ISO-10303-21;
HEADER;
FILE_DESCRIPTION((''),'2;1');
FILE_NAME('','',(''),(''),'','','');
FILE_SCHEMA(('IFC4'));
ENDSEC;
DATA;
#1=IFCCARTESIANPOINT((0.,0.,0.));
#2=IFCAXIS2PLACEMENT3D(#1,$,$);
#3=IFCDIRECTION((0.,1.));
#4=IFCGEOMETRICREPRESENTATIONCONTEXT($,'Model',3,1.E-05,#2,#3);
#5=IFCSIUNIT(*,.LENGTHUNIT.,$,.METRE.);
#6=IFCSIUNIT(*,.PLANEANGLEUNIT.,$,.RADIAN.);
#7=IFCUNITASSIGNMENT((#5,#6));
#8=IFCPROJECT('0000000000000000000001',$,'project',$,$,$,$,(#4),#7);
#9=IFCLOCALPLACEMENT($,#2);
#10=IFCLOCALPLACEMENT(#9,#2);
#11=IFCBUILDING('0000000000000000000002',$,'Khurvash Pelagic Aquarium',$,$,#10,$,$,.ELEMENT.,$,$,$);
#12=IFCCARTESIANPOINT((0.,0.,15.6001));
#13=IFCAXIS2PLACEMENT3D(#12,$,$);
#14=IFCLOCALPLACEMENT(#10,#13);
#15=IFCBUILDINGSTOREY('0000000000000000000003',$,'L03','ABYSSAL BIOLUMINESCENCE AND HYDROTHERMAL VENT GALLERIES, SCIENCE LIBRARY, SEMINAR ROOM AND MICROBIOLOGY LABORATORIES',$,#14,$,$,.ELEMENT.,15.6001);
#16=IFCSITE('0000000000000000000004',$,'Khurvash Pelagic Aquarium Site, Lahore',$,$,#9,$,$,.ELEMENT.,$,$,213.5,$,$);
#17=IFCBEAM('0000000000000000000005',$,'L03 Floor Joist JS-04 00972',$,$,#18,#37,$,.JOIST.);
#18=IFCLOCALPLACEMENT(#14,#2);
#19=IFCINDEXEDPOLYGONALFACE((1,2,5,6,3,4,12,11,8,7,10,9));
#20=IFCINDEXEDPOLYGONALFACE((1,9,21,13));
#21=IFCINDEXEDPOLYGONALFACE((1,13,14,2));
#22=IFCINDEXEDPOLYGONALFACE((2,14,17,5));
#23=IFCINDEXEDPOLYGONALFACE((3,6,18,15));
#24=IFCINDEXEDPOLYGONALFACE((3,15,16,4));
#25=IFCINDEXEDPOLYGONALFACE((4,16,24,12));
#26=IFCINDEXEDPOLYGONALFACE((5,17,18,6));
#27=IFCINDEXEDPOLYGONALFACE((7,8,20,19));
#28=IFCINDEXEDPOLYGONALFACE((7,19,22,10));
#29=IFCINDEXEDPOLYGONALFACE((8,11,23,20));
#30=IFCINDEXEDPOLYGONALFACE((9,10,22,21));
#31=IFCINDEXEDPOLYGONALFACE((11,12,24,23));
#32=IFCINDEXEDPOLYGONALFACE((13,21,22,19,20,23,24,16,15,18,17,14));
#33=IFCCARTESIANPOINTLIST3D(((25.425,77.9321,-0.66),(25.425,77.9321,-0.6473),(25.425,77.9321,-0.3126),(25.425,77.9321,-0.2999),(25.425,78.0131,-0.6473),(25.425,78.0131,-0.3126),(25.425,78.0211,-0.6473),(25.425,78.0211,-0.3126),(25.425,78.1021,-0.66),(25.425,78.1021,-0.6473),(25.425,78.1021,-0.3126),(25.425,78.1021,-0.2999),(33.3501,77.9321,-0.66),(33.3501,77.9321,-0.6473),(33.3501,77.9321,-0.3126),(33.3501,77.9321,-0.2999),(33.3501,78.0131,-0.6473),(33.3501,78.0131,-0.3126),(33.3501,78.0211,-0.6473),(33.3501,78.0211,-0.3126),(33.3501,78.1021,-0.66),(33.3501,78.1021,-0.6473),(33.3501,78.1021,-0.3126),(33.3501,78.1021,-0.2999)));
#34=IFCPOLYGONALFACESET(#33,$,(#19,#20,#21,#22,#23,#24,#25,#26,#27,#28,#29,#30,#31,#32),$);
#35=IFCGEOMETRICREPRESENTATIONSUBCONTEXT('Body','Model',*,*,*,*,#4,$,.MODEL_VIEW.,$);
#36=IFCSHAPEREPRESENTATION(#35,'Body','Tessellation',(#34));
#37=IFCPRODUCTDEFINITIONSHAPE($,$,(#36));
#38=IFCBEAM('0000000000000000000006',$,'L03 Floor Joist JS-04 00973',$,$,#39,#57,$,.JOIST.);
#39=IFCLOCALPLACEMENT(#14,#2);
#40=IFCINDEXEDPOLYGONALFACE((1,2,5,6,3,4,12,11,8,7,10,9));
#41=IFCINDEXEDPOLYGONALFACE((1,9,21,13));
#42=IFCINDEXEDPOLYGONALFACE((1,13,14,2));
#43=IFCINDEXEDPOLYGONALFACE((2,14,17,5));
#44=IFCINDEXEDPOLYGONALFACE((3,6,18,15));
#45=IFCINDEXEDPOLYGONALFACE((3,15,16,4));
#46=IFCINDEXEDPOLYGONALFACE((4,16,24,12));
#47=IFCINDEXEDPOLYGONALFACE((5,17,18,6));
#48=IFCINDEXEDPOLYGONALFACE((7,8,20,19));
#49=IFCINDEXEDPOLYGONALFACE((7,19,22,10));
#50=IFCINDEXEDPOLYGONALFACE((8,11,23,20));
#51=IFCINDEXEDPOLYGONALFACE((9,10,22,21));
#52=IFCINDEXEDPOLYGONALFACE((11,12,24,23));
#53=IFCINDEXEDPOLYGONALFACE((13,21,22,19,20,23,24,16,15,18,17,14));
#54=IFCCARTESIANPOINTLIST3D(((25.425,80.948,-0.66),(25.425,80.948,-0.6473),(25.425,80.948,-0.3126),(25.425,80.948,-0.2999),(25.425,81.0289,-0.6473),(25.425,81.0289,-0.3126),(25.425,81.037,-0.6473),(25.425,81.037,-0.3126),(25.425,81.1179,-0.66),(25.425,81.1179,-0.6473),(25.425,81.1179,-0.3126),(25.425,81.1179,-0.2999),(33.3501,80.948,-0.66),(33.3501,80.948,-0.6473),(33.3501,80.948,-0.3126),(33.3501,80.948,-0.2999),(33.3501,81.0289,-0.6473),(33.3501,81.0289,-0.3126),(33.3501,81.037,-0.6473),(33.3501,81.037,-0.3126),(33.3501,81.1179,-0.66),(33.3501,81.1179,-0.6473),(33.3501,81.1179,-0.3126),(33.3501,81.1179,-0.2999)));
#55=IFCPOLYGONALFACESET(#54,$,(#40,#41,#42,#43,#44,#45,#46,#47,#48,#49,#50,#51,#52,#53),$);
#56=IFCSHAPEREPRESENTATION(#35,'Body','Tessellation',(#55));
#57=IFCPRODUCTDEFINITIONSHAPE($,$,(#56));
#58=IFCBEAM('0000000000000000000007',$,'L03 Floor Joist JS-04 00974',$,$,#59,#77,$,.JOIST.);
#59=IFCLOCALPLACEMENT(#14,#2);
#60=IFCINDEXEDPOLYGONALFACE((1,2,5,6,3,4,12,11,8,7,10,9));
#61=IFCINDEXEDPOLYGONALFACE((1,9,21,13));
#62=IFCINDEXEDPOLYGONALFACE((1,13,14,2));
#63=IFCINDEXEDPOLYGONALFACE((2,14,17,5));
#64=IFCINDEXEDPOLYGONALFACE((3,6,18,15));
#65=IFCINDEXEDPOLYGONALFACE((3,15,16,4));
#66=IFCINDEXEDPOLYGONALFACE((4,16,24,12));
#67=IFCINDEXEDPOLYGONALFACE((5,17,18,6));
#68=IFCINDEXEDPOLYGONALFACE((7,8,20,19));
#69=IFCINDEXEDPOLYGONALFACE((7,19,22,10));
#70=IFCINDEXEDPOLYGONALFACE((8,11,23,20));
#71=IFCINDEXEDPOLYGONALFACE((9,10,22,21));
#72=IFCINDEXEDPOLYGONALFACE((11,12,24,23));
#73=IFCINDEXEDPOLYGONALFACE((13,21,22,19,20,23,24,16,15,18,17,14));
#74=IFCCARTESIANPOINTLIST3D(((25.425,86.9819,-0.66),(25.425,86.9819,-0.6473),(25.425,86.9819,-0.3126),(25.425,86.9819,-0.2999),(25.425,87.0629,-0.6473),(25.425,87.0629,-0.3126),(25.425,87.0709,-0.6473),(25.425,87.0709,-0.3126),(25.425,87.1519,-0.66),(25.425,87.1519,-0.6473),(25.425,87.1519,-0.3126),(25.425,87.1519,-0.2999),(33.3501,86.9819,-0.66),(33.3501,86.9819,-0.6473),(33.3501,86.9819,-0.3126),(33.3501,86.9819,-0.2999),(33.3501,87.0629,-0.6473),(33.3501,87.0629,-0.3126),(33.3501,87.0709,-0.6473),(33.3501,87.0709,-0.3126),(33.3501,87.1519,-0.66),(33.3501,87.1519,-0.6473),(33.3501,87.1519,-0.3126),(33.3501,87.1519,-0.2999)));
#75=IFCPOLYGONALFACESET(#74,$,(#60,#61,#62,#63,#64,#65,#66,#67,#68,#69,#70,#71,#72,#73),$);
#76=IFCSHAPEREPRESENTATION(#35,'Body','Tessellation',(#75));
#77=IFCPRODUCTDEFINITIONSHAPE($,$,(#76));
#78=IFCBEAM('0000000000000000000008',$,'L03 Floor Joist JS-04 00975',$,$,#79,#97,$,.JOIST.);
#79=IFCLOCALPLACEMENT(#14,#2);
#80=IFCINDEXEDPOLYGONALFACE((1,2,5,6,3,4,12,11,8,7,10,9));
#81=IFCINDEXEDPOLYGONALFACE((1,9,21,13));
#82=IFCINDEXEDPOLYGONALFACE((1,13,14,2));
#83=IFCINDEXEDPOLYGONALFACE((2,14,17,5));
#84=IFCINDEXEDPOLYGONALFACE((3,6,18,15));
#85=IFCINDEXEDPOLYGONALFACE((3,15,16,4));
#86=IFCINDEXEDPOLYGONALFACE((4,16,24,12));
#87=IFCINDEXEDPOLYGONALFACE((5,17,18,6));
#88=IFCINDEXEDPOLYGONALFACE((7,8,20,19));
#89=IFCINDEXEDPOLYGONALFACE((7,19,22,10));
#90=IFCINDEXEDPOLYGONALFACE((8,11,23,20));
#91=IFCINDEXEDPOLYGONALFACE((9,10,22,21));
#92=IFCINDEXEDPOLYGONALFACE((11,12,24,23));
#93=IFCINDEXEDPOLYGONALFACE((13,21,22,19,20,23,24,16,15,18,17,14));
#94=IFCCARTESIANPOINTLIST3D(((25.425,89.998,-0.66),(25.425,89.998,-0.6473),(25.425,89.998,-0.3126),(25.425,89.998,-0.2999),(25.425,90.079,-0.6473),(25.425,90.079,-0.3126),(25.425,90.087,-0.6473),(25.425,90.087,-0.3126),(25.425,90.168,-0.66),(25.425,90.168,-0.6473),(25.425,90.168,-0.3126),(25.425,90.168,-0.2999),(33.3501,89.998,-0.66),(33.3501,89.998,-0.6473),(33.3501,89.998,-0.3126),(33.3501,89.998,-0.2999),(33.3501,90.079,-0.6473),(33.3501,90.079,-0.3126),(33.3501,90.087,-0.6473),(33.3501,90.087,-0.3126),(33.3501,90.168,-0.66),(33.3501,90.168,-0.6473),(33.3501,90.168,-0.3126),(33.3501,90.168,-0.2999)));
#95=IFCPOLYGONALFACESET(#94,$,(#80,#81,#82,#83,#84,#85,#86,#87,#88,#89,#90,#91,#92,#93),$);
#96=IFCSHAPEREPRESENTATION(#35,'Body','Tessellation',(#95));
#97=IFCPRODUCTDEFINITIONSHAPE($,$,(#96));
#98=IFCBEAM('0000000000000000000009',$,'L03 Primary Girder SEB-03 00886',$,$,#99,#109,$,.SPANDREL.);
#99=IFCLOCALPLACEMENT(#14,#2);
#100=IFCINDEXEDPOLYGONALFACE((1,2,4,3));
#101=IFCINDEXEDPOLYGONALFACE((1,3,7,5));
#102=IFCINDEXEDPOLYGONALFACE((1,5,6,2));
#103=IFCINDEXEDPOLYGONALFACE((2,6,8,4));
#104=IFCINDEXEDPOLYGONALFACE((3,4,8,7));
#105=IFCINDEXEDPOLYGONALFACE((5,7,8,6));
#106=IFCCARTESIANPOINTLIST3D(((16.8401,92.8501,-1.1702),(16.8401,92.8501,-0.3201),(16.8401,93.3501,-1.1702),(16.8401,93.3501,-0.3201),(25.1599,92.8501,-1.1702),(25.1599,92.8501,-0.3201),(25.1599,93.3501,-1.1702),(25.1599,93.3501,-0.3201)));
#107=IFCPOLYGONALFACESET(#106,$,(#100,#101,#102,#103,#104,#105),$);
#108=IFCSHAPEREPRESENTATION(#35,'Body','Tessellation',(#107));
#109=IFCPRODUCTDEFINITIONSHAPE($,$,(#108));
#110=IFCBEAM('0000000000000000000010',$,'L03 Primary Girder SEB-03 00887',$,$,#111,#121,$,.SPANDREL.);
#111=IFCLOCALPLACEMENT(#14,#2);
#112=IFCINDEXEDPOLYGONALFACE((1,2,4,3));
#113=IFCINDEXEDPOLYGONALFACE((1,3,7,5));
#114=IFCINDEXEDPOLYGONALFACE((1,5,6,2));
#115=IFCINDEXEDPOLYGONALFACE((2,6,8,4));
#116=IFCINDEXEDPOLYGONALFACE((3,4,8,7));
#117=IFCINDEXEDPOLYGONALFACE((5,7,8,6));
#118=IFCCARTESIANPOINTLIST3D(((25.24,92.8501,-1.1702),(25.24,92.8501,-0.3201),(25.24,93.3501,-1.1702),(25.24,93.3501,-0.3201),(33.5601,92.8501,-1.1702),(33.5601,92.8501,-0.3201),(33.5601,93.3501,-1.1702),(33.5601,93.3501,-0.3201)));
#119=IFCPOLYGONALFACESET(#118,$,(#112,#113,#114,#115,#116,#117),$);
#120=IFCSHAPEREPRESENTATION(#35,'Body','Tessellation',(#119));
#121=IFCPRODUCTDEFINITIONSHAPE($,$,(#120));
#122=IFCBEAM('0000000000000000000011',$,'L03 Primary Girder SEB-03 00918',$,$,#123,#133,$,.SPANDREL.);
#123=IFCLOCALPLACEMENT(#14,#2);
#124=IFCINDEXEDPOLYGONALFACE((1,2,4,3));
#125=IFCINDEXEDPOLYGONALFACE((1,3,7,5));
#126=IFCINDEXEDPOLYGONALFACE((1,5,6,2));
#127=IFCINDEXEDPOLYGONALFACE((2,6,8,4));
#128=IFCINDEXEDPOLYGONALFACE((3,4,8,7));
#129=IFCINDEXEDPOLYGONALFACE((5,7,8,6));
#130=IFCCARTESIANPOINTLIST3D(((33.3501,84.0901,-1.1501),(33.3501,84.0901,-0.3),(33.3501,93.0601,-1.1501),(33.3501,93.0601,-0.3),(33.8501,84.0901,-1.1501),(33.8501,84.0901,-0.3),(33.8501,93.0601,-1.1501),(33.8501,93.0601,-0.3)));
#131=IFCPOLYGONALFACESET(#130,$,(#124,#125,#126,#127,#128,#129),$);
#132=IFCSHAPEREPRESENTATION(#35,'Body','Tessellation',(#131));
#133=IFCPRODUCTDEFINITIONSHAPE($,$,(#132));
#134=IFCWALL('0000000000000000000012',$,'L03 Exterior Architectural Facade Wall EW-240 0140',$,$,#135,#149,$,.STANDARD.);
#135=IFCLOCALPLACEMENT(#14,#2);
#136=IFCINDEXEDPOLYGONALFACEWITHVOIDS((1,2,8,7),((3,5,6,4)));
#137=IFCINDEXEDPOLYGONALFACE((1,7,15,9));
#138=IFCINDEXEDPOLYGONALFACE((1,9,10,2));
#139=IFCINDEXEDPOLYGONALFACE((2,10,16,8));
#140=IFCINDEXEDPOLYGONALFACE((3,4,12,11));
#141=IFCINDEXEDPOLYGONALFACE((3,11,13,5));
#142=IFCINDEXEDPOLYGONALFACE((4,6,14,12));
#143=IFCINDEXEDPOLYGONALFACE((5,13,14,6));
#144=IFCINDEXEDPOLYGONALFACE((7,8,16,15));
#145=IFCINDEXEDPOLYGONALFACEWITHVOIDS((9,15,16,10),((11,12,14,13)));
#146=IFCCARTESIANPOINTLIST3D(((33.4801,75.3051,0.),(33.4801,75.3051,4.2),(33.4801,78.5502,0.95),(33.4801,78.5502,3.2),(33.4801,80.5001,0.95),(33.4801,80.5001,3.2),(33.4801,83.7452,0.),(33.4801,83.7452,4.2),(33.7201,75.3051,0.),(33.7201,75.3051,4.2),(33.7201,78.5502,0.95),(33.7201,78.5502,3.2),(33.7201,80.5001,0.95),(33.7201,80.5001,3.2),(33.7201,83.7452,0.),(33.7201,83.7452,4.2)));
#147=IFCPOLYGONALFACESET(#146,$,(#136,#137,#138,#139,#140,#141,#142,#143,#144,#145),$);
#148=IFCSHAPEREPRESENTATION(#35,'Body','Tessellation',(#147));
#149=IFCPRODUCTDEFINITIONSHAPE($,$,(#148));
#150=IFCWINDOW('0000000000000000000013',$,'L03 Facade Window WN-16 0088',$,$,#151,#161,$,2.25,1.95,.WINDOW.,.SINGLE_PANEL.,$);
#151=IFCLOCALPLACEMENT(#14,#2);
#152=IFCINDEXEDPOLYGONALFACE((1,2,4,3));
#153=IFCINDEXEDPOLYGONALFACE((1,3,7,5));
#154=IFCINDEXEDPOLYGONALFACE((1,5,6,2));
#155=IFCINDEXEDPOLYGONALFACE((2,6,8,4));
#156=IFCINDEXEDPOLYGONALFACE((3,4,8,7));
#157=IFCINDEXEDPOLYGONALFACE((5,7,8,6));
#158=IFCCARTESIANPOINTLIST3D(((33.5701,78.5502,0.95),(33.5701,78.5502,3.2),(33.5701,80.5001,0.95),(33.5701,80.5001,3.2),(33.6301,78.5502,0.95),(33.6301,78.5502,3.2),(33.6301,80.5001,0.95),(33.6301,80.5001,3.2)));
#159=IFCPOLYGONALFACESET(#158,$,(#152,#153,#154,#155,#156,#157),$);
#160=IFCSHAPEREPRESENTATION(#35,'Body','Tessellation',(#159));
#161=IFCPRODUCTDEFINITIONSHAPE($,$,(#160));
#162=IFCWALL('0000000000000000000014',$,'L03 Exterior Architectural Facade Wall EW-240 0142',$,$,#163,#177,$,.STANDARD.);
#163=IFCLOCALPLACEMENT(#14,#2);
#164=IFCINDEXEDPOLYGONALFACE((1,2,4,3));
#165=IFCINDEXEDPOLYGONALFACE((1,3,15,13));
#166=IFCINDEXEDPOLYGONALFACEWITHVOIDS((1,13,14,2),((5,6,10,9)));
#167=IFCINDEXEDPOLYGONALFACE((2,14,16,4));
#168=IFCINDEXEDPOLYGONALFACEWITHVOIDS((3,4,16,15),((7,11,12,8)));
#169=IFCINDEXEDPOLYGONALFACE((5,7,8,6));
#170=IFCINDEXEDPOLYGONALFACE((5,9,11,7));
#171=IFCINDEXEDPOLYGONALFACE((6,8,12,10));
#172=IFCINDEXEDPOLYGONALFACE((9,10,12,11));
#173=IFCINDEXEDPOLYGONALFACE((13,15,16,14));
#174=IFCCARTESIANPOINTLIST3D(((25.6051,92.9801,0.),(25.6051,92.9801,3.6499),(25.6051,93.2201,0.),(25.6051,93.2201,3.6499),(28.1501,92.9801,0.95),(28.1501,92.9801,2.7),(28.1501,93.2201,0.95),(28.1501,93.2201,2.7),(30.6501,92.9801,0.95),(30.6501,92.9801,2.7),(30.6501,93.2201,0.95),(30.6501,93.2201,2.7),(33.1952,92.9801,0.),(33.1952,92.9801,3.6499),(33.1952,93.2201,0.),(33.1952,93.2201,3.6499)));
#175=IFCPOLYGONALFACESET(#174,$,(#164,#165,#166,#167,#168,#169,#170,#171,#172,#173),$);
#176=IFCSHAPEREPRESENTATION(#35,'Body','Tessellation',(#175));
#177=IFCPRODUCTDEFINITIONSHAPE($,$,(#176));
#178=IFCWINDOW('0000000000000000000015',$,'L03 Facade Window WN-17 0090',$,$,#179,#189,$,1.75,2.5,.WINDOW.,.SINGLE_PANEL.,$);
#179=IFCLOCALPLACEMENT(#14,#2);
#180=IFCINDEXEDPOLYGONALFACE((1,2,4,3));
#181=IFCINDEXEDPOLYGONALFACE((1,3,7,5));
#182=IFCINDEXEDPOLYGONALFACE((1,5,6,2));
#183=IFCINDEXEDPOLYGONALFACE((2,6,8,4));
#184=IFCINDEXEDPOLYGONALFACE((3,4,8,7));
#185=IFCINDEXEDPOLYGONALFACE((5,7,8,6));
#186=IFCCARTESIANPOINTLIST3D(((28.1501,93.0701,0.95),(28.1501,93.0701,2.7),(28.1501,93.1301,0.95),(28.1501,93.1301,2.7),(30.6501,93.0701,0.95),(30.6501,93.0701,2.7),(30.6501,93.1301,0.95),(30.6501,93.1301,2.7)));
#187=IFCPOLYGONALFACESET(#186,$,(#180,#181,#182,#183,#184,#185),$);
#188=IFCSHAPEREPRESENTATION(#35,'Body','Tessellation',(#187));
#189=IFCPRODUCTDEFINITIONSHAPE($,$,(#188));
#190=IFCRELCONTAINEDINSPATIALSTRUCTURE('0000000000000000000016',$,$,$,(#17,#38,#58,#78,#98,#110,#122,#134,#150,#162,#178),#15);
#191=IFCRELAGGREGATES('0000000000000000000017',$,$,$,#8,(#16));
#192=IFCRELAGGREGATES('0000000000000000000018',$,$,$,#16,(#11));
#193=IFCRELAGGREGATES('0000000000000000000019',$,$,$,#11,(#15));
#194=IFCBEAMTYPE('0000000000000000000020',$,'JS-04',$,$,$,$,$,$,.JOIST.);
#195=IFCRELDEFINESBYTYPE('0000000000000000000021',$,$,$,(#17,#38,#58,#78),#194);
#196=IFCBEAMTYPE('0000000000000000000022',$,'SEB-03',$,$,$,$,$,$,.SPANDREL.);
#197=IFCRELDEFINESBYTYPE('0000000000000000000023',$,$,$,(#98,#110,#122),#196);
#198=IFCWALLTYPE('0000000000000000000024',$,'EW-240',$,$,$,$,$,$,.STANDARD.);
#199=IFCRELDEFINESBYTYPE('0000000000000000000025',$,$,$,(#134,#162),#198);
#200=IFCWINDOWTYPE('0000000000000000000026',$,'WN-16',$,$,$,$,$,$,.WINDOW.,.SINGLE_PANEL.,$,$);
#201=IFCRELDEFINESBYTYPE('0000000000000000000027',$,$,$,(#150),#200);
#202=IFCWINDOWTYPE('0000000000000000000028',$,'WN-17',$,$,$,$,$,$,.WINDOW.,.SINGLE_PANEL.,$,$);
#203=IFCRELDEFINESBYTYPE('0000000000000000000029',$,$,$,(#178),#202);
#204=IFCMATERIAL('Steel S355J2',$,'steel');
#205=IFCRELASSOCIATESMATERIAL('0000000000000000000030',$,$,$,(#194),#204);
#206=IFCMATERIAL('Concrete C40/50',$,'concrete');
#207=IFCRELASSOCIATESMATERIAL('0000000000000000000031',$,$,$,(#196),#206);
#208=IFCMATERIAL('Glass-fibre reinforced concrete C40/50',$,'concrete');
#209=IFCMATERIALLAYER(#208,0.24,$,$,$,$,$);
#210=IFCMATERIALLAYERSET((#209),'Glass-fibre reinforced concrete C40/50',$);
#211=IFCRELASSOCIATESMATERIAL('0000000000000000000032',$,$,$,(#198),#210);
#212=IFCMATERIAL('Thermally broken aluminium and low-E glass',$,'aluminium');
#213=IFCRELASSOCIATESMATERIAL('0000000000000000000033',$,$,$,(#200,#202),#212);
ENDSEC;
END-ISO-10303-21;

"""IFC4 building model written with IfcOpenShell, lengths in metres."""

from ifc_helpers import new_model, si_unit, direction, frame, frame_2d, origin, origin_2d, place, context, subcontext, project, spatial, rectangle, i_section, extrude, material, layer, layer_set, material_profile, profile_set, type_object, element, fill, save


model = new_model("IFC4")

# Units and contexts
model_context = context("Model", 3, precision=1e-05, world=origin(), true_north=direction((0.0, 1.0)))
body_context = subcontext(model_context, "Body", "Model", "MODEL_VIEW")
ifc_project = project(units=[si_unit("LENGTHUNIT", "METRE"), si_unit("PLANEANGLEUNIT", "RADIAN")], contexts=[model_context])

# Site, building, storey
site_placement = place(None, origin())
site = spatial("IfcSite", under=ifc_project, at=site_placement, Name="Khurvash Pelagic Aquarium Site, Lahore", CompositionType="ELEMENT", RefElevation=213.5)
building_placement = place(site_placement, origin())
building = spatial("IfcBuilding", under=site, at=building_placement, Name="Khurvash Pelagic Aquarium", CompositionType="ELEMENT")
storey_placement = place(building_placement, frame((0.0, 0.0, 15.6001)))
storey = spatial("IfcBuildingStorey", under=building, at=storey_placement, Name="L03", Description="ABYSSAL BIOLUMINESCENCE AND HYDROTHERMAL VENT GALLERIES, SCIENCE LIBRARY, SEMINAR ROOM AND MICROBIOLOGY LABORATORIES", CompositionType="ELEMENT", Elevation=15.6001)

# Shared definitions
ifc_material_1 = material(Name="Concrete C40/50", Category="concrete")

# Beams
ifc_material_2 = material(Name="Steel S355J2", Category="steel")
ifc_material_profile_1 = material_profile(ifc_material_2, i_section(OverallWidth=0.1699, OverallDepth=0.3601, WebThickness=0.0081, FlangeThickness=0.0127, at=origin_2d()), Name="IPE360")
ifc_profile_set_1 = profile_set([ifc_material_profile_1], Name="Steel S355J2")
beam_type_1 = type_object("IfcBeamType", Name="JS-04", PredefinedType="JOIST", material=ifc_profile_set_1)
for number, where, z_axis, x_axis, name in (
    (1, (25.425, 78.0171, -0.48), (1.0, 0.0, 0.0), (0.0, 1.0, 0.0), "L03 Floor Joist JS-04 00972"),
    (2, (25.425, 81.033, -0.48), (1.0, 0.0, 0.0), (0.0, 1.0, 0.0), "L03 Floor Joist JS-04 00973"),
    (3, (25.425, 87.0669, -0.48), (1.0, 0.0, 0.0), (0.0, 1.0, 0.0), "L03 Floor Joist JS-04 00974"),
    (4, (25.425, 90.083, -0.48), (1.0, 0.0, 0.0), (0.0, 1.0, 0.0), "L03 Floor Joist JS-04 00975"),
):
    element("IfcBeam", number, at=place(storey_placement, frame(where, z_axis=z_axis, x_axis=x_axis)), inside=storey, type_object=beam_type_1, Name=name, PredefinedType="JOIST", context=body_context, shape_type="SweptSolid", body=[
        extrude(i_section(OverallWidth=0.1699, OverallDepth=0.3601, WebThickness=0.0081, FlangeThickness=0.0127, at=origin_2d()), origin(), (0.0, 0.0, 1.0), 7.925),
    ])
ifc_material_profile_2 = material_profile(ifc_material_1, rectangle(XDim=0.5, YDim=0.8501, at=origin_2d()), Name="RC500X850")
ifc_profile_set_2 = profile_set([ifc_material_profile_2], Name="Concrete C40/50")
beam_type_2 = type_object("IfcBeamType", Name="SEB-03", PredefinedType="SPANDREL", material=ifc_profile_set_2)
beam_1_placement = place(storey_placement, frame((16.8401, 93.1001, -0.7451), z_axis=(1.0, 0.0, 0.0), x_axis=(0.0, 1.0, 0.0)))
element("IfcBeam", 5, at=beam_1_placement, inside=storey, type_object=beam_type_2, Name="L03 Primary Girder SEB-03 00886", PredefinedType="SPANDREL", context=body_context, shape_type="SweptSolid", body=[
    extrude(rectangle(XDim=0.5, YDim=0.8501, at=origin_2d()), origin(), (0.0, 0.0, 1.0), 8.3198),
])
beam_2_placement = place(storey_placement, frame((25.24, 93.1001, -0.7451), z_axis=(1.0, 0.0, 0.0), x_axis=(0.0, 1.0, 0.0)))
element("IfcBeam", 6, at=beam_2_placement, inside=storey, type_object=beam_type_2, Name="L03 Primary Girder SEB-03 00887", PredefinedType="SPANDREL", context=body_context, shape_type="SweptSolid", body=[
    extrude(rectangle(XDim=0.5, YDim=0.8501, at=origin_2d()), origin(), (0.0, 0.0, 1.0), 8.3201),
])
beam_3_placement = place(storey_placement, frame((33.6001, 84.0901, -0.7251), z_axis=(0.0, 1.0, 0.0), x_axis=(-1.0, 0.0, 0.0)))
element("IfcBeam", 7, at=beam_3_placement, inside=storey, type_object=beam_type_2, Name="L03 Primary Girder SEB-03 00918", PredefinedType="SPANDREL", context=body_context, shape_type="SweptSolid", body=[
    extrude(rectangle(XDim=0.5, YDim=0.8501, at=origin_2d()), origin(), (0.0, 0.0, 1.0), 8.97),
])

# Walls, openings, windows
ifc_material_3 = material(Name="Glass-fibre reinforced concrete C40/50", Category="concrete")
ifc_layer_1 = layer(ifc_material_3, 0.24)
ifc_layer_set_1 = layer_set([ifc_layer_1], Name="Glass-fibre reinforced concrete C40/50")
wall_type_1 = type_object("IfcWallType", Name="EW-240", PredefinedType="STANDARD", material=ifc_layer_set_1)
wall_1_placement = place(storey_placement, frame((33.6001, 75.3049, 0.0), z_axis=(0.0, 0.0, 1.0), x_axis=(0.0, 1.0, 0.0)))
wall_1 = element("IfcWall", 8, at=wall_1_placement, inside=storey, type_object=wall_type_1, Name="L03 Exterior Architectural Facade Wall EW-240 0140", PredefinedType="STANDARD", context=body_context, shape_type="SweptSolid", body=[
    extrude(rectangle(XDim=8.4402, YDim=0.24, at=frame_2d((4.2202, 0.0))), origin(), (0.0, 0.0, 1.0), 4.2),
])
opening_1_placement = place(wall_1_placement, frame((3.2451, 0.0, 0.95)))
opening_1 = element("IfcOpeningElement", 9, at=opening_1_placement, cuts=wall_1, PredefinedType="OPENING", context=body_context, shape_type="SweptSolid", body=[
    extrude(rectangle(XDim=1.95, YDim=2.25, at=frame_2d((0.9751, 1.125))), frame((0.0, 0.1299, 0.0), z_axis=(0.0, -1.0, 0.0), x_axis=(1.0, 0.0, 0.0)), (0.0, 0.0, 1.0), 0.26),
])
ifc_material_4 = material(Name="Thermally broken aluminium and low-E glass", Category="aluminium")
window_type_1 = type_object("IfcWindowType", Name="WN-16", PartitioningType="SINGLE_PANEL", PredefinedType="WINDOW", material=ifc_material_4)
window_1_placement = place(opening_1_placement, origin())
window_1 = element("IfcWindow", 10, at=window_1_placement, inside=storey, type_object=window_type_1, Name="L03 Facade Window WN-16 0088", OverallHeight=2.25, OverallWidth=1.95, PartitioningType="SINGLE_PANEL", PredefinedType="WINDOW", context=body_context, shape_type="SweptSolid", body=[
    extrude(rectangle(XDim=1.95, YDim=2.25, at=frame_2d((0.9751, 1.125))), frame((0.0, 0.03, 0.0), z_axis=(0.0, -1.0, 0.0), x_axis=(1.0, 0.0, 0.0)), (0.0, 0.0, 1.0), 0.0601),
])
fill(opening_1, window_1)
wall_2_placement = place(storey_placement, frame((33.1951, 93.1001, 0.0), z_axis=(0.0, 0.0, 1.0), x_axis=(-1.0, 0.0, 0.0)))
wall_2 = element("IfcWall", 11, at=wall_2_placement, inside=storey, type_object=wall_type_1, Name="L03 Exterior Architectural Facade Wall EW-240 0142", PredefinedType="STANDARD", context=body_context, shape_type="SweptSolid", body=[
    extrude(rectangle(XDim=7.5901, YDim=0.24, at=frame_2d((3.7949, 0.0))), origin(), (0.0, 0.0, 1.0), 3.6499),
])
opening_2_placement = place(wall_2_placement, frame((2.5449, 0.0, 0.95)))
opening_2 = element("IfcOpeningElement", 12, at=opening_2_placement, cuts=wall_2, PredefinedType="OPENING", context=body_context, shape_type="SweptSolid", body=[
    extrude(rectangle(XDim=2.5, YDim=1.75, at=frame_2d((1.25, 0.875))), frame((0.0, 0.1299, 0.0), z_axis=(0.0, -1.0, 0.0), x_axis=(1.0, 0.0, 0.0)), (0.0, 0.0, 1.0), 0.26),
])
window_type_2 = type_object("IfcWindowType", Name="WN-17", PartitioningType="SINGLE_PANEL", PredefinedType="WINDOW", material=ifc_material_4)
window_2_placement = place(opening_2_placement, origin())
window_2 = element("IfcWindow", 13, at=window_2_placement, inside=storey, type_object=window_type_2, Name="L03 Facade Window WN-17 0090", OverallHeight=1.75, OverallWidth=2.5, PartitioningType="SINGLE_PANEL", PredefinedType="WINDOW", context=body_context, shape_type="SweptSolid", body=[
    extrude(rectangle(XDim=2.5, YDim=1.75, at=frame_2d((1.25, 0.875))), frame((0.0, 0.03, 0.0), z_axis=(0.0, -1.0, 0.0), x_axis=(1.0, 0.0, 0.0)), (0.0, 0.0, 1.0), 0.0601),
])
fill(opening_2, window_2)

save(model, "model.ifc")
